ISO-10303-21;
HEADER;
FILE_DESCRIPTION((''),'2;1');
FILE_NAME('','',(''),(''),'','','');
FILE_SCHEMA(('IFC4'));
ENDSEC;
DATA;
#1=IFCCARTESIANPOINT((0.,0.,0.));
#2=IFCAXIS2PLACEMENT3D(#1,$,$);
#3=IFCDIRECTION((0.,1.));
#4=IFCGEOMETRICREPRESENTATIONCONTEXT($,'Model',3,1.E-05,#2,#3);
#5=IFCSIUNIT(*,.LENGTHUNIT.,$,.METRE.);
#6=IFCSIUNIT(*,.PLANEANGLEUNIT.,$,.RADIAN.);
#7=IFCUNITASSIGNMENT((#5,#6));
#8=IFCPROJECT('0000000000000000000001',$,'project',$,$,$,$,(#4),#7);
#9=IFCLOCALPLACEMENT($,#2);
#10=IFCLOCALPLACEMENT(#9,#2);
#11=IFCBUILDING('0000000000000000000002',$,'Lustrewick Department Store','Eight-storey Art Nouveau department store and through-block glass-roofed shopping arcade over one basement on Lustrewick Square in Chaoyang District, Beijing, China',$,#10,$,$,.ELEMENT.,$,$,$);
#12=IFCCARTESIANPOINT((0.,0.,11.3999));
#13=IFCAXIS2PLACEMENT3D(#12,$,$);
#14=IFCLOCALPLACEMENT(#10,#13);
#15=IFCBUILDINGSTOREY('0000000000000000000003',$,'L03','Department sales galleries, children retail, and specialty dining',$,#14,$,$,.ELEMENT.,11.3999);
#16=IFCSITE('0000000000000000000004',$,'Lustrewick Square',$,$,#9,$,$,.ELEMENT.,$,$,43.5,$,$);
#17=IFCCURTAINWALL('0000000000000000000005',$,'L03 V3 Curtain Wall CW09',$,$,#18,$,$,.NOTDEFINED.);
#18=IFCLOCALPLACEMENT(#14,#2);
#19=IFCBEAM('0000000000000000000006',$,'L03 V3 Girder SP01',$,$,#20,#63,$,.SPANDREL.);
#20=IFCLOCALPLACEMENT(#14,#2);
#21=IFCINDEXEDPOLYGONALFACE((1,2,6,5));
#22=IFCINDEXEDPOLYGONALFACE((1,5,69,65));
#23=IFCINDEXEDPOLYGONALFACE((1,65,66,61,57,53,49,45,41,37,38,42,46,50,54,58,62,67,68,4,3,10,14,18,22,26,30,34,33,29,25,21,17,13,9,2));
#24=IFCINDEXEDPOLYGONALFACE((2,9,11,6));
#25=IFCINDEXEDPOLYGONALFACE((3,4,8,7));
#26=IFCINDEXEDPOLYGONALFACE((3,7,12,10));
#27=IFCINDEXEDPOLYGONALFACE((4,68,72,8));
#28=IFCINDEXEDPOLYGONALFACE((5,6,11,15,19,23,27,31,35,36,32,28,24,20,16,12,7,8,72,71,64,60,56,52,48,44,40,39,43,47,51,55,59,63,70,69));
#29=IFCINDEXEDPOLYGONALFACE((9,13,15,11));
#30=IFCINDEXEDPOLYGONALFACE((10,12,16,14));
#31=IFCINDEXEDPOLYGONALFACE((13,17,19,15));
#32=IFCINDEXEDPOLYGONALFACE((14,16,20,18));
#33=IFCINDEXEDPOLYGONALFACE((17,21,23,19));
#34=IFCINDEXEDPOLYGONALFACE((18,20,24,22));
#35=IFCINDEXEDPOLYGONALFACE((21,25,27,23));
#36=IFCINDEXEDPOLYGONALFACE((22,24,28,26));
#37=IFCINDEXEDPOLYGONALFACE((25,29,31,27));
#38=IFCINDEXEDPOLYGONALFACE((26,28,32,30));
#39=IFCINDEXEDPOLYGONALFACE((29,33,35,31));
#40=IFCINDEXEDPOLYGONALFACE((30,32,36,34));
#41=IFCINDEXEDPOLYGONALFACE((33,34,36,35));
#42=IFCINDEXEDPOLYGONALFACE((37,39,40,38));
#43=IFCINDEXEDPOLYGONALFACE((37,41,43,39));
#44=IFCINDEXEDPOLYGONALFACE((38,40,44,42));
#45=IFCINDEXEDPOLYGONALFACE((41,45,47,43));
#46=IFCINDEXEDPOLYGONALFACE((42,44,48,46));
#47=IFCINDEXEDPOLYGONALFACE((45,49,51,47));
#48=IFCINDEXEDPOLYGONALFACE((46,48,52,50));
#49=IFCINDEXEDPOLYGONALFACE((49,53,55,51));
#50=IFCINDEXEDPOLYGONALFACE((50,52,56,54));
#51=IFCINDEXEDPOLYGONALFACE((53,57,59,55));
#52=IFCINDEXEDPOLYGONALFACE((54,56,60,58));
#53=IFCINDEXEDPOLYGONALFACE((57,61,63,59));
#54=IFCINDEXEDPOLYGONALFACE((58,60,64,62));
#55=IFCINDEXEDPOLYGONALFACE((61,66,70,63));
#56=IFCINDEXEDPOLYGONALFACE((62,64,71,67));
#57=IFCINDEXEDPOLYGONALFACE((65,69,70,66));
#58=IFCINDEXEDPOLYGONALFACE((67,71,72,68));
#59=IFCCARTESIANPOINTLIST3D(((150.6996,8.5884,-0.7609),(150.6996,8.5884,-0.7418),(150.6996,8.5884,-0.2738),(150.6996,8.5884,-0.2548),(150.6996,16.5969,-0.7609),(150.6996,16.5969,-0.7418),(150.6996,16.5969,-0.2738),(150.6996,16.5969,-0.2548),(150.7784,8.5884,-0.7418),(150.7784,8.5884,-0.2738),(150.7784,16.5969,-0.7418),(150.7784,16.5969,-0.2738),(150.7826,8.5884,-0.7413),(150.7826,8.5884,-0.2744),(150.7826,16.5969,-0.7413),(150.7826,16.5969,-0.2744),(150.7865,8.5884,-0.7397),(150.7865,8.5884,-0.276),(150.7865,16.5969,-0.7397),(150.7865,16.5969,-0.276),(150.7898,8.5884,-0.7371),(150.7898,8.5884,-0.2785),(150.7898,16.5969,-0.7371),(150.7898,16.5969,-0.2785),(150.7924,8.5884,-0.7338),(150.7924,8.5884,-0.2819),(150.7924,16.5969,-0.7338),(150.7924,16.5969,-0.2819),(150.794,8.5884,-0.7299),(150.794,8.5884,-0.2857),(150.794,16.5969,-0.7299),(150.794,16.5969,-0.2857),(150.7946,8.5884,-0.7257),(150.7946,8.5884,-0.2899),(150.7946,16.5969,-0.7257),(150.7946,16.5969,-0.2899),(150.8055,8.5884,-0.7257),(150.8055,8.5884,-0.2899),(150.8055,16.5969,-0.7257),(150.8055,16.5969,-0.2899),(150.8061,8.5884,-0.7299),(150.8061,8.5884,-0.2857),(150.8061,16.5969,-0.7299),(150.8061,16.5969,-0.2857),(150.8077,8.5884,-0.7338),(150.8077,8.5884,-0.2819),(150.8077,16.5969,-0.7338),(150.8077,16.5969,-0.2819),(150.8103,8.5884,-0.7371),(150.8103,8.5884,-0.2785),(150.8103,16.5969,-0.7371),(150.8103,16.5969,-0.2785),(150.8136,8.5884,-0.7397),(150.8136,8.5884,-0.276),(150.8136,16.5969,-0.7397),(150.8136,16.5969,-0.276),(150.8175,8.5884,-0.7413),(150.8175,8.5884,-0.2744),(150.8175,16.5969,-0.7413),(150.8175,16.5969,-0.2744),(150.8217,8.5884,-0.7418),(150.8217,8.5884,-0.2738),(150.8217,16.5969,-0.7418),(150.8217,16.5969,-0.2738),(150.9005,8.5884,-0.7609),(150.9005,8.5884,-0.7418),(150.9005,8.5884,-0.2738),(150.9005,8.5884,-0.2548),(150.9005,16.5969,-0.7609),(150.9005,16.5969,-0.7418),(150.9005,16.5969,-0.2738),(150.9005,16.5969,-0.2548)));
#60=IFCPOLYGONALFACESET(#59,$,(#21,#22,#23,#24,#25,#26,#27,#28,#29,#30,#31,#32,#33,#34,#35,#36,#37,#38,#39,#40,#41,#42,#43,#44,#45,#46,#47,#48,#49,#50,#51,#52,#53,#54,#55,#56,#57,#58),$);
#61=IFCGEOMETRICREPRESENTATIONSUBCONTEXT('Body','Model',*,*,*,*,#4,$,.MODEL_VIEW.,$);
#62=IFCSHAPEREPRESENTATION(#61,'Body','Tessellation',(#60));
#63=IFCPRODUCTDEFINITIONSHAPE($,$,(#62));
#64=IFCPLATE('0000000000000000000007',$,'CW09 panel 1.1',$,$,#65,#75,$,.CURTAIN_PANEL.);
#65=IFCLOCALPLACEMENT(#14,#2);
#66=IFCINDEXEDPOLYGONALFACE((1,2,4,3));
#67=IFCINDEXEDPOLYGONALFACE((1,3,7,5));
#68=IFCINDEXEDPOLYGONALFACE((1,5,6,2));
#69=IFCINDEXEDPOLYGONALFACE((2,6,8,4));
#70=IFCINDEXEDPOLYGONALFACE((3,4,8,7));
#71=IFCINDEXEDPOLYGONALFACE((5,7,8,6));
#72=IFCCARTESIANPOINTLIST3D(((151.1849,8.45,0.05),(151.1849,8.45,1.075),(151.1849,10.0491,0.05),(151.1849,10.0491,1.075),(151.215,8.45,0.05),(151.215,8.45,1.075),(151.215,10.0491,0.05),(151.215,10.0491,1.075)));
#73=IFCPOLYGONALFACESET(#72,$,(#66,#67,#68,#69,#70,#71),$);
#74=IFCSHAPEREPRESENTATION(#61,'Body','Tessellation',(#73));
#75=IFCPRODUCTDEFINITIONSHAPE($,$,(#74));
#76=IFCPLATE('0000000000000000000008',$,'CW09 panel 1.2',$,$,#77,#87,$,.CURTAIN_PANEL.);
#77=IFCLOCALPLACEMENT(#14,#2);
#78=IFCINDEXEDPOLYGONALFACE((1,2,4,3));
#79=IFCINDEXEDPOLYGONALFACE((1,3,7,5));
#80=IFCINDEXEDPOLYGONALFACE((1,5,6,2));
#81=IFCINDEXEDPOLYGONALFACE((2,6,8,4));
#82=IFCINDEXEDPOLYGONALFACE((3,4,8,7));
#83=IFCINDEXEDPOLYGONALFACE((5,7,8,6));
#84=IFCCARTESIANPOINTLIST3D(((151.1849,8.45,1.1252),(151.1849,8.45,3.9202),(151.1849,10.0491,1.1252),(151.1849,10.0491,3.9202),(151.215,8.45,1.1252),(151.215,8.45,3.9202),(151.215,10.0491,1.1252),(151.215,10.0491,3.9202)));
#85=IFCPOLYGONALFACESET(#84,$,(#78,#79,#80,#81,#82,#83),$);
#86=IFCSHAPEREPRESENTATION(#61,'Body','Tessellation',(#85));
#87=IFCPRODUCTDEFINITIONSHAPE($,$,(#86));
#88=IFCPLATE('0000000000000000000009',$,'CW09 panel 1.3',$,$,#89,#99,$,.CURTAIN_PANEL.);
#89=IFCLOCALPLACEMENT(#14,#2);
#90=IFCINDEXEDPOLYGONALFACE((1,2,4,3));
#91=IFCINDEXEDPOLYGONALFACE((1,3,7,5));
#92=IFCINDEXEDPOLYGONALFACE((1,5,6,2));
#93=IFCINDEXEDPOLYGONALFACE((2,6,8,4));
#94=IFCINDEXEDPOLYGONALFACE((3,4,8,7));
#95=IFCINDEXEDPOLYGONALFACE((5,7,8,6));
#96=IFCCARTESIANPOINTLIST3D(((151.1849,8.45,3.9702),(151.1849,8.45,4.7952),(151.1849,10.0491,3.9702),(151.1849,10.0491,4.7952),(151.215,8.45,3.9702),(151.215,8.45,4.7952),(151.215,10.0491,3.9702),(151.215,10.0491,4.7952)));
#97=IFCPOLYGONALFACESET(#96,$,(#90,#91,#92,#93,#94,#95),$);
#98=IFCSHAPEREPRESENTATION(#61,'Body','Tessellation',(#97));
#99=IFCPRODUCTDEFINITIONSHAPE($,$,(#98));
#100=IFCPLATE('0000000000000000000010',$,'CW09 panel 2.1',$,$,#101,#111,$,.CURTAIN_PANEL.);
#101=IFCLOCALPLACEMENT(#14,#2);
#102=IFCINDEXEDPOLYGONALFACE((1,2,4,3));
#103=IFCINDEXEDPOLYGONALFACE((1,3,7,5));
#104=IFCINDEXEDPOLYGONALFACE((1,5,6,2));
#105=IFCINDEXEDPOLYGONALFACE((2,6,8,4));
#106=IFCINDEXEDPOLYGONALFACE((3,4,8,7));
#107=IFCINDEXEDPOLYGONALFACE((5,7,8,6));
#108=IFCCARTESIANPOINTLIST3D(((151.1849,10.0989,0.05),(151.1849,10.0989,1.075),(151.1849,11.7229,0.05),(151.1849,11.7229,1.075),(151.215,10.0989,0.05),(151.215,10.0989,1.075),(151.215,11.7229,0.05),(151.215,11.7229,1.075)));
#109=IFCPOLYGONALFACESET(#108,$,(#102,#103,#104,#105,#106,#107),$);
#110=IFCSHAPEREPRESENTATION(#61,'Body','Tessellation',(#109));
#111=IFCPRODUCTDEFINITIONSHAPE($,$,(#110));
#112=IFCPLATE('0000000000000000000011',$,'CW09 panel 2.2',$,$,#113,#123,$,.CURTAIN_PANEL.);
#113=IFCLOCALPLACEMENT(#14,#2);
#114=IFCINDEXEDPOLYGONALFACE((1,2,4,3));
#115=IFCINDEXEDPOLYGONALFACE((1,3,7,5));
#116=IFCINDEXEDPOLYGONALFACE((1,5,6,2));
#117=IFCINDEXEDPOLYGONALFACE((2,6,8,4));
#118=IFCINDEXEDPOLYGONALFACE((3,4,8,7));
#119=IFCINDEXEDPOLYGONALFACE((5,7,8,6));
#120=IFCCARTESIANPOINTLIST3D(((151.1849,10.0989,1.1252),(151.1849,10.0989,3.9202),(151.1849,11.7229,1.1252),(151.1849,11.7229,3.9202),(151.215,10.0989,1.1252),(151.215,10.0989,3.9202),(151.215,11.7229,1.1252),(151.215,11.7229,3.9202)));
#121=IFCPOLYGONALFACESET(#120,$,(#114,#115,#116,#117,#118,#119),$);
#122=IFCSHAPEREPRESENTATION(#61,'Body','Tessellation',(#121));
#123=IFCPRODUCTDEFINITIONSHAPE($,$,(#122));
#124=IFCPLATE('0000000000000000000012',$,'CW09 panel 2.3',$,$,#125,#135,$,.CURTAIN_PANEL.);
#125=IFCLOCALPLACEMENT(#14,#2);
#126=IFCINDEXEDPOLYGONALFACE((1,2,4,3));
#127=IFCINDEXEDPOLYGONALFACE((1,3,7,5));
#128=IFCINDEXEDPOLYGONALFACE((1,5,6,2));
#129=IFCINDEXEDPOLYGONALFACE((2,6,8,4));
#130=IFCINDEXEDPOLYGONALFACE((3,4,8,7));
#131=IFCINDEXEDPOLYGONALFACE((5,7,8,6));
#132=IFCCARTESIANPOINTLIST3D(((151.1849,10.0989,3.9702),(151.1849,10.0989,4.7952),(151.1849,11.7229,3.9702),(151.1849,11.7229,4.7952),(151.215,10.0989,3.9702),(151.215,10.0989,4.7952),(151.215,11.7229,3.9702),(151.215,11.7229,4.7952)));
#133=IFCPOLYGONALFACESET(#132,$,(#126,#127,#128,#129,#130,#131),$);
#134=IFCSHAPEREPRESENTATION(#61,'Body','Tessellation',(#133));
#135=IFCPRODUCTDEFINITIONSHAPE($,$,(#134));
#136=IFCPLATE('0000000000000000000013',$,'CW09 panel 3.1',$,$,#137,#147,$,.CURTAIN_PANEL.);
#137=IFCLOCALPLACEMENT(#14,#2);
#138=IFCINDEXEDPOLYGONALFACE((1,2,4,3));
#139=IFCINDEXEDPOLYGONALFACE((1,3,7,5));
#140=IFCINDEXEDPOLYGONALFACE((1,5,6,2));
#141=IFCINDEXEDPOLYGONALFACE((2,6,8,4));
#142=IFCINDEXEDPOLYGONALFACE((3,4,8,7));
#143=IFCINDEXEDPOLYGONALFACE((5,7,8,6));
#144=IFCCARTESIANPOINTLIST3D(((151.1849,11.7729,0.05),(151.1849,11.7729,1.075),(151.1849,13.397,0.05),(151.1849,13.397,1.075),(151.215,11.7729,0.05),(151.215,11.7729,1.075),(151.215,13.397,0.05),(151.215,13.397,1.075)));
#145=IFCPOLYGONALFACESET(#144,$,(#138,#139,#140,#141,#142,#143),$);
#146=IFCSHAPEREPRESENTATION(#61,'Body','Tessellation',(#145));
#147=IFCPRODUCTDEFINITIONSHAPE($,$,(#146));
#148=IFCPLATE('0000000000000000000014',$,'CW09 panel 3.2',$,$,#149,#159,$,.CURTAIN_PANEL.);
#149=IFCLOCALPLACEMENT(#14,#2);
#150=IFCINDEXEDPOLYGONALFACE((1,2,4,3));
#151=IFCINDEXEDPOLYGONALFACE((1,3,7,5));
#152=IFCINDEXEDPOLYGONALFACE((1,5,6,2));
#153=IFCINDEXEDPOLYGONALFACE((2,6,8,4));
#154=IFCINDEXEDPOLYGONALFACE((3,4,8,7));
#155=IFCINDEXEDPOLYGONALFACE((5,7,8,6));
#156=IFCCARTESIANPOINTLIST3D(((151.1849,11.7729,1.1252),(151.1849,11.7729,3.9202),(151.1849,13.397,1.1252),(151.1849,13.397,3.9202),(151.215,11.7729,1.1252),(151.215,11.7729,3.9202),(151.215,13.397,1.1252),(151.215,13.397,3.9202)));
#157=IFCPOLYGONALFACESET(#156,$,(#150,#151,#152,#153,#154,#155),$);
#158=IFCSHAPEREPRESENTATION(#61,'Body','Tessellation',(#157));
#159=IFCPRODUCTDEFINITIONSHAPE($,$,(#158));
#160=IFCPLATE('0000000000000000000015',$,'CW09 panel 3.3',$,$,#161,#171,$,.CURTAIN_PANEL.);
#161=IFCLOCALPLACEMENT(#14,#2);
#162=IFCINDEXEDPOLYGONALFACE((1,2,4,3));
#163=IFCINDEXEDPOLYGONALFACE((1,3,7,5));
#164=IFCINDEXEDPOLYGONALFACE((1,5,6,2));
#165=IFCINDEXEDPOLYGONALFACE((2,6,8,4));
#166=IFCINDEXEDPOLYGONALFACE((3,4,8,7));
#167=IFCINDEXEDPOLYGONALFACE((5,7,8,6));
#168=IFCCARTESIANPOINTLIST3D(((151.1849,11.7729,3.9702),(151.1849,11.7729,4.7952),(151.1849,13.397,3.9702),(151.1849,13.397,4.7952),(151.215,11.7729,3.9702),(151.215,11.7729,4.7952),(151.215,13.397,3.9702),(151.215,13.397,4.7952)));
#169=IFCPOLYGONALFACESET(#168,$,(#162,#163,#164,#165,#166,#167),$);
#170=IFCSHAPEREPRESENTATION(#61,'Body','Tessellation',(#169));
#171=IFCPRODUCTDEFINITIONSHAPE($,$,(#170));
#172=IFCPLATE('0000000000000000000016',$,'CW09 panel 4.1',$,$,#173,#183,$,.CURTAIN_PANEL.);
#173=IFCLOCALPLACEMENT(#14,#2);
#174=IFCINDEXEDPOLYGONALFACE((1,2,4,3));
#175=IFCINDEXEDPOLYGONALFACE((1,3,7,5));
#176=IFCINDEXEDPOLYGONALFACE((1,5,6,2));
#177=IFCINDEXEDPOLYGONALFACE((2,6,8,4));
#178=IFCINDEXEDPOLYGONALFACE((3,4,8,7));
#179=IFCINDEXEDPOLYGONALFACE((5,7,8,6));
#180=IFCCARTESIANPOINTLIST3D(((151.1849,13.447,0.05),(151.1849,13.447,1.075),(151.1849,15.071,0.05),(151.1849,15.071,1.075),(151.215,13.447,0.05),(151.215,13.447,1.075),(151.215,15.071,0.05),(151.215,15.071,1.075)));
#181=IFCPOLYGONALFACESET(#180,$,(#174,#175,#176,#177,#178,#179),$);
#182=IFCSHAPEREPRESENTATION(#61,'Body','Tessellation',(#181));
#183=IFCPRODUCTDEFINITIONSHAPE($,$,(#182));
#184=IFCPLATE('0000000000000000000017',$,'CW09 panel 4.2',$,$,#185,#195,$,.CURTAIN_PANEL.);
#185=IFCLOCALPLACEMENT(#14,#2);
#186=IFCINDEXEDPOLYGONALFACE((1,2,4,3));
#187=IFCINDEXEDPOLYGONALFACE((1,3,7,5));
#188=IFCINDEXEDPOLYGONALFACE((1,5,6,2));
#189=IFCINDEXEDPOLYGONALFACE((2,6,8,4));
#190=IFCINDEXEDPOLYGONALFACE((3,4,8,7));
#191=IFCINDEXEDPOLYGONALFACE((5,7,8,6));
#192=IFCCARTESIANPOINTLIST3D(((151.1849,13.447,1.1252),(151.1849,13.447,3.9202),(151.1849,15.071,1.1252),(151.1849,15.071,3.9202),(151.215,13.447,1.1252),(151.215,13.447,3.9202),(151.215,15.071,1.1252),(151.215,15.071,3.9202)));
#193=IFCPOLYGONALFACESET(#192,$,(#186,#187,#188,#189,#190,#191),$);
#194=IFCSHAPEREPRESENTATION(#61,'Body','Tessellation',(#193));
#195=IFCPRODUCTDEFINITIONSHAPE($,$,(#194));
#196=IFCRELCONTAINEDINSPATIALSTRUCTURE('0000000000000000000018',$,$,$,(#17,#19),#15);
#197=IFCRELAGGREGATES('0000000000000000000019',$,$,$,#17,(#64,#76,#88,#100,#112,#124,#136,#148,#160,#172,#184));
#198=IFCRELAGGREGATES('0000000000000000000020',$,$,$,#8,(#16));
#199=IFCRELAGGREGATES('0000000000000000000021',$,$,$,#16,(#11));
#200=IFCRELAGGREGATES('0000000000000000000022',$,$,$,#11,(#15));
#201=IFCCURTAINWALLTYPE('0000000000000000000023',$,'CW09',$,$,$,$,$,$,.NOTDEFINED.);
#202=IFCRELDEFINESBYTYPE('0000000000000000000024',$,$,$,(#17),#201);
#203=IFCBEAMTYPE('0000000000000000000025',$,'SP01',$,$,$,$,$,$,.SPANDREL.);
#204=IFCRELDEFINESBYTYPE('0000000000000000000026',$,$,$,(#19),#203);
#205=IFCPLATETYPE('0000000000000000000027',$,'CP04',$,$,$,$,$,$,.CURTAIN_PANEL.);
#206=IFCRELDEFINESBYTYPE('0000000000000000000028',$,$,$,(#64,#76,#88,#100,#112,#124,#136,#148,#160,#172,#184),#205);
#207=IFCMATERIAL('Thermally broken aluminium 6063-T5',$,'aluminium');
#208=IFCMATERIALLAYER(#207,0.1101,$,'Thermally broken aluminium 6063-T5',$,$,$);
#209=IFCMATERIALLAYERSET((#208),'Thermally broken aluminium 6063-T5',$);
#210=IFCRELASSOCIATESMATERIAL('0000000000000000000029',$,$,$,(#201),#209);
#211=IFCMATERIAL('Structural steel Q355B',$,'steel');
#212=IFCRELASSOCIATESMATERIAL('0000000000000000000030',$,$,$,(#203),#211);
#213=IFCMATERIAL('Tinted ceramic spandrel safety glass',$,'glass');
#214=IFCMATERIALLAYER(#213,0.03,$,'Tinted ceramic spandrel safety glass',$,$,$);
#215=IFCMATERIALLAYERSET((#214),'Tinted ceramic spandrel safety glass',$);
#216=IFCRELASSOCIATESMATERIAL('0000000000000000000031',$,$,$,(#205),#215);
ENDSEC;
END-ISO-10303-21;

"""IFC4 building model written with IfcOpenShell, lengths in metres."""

from ifc_helpers import new_model, si_unit, direction, frame, origin, origin_2d, place, context, subcontext, project, spatial, rectangle, i_section, extrude, material, layer, layer_set, material_profile, profile_set, type_object, element, aggregate, save


model = new_model("IFC4")

# Units and contexts
model_context = context("Model", 3, precision=1e-05, world=origin(), true_north=direction((0.0, 1.0)))
body_context = subcontext(model_context, "Body", "Model", "MODEL_VIEW")
ifc_project = project(units=[si_unit("LENGTHUNIT", "METRE"), si_unit("PLANEANGLEUNIT", "RADIAN")], contexts=[model_context])

# Site, building, storey
site_placement = place(None, origin())
site = spatial("IfcSite", under=ifc_project, at=site_placement, Name="Lustrewick Square", CompositionType="ELEMENT", RefElevation=43.5)
building_placement = place(site_placement, origin())
building = spatial("IfcBuilding", under=site, at=building_placement, Name="Lustrewick Department Store", Description="Eight-storey Art Nouveau department store and through-block glass-roofed shopping arcade over one basement on Lustrewick Square in Chaoyang District, Beijing, China", CompositionType="ELEMENT")
storey_placement = place(building_placement, frame((0.0, 0.0, 11.3999)))
storey = spatial("IfcBuildingStorey", under=building, at=storey_placement, Name="L03", Description="Department sales galleries, children retail, and specialty dining", CompositionType="ELEMENT", Elevation=11.3999)

# Curtain wall
ifc_material_1 = material(Name="Thermally broken aluminium 6063-T5", Category="aluminium")
ifc_layer_1 = layer(ifc_material_1, 0.1101, Name="Thermally broken aluminium 6063-T5")
ifc_layer_set_1 = layer_set([ifc_layer_1], Name="Thermally broken aluminium 6063-T5")
curtain_wall_type = type_object("IfcCurtainWallType", Name="CW09", PredefinedType="NOTDEFINED", material=ifc_layer_set_1)
curtain_wall_placement = place(storey_placement, origin())
curtain_wall = element("IfcCurtainWall", 1, at=curtain_wall_placement, inside=storey, type_object=curtain_wall_type, Name="L03 V3 Curtain Wall CW09", PredefinedType="NOTDEFINED")

# Beam
ifc_material_2 = material(Name="Structural steel Q355B", Category="steel")
ifc_material_profile_1 = material_profile(ifc_material_2, i_section(OverallWidth=0.2009, OverallDepth=0.5061, WebThickness=0.011, FlangeThickness=0.019, FilletRadius=0.0161, at=origin_2d()), Name="HN 506x201x11x19")
ifc_profile_set_1 = profile_set([ifc_material_profile_1], Name="Structural steel Q355B")
beam_type = type_object("IfcBeamType", Name="SP01", PredefinedType="SPANDREL", material=ifc_profile_set_1)
beam_placement = place(storey_placement, frame((150.8, 8.5884, -0.5078), z_axis=(0.0, 1.0, 0.0), x_axis=(-1.0, 0.0, 0.0)))
element("IfcBeam", 2, at=beam_placement, inside=storey, type_object=beam_type, Name="L03 V3 Girder SP01", PredefinedType="SPANDREL", context=body_context, shape_type="SweptSolid", body=[
    extrude(i_section(OverallWidth=0.2009, OverallDepth=0.5061, WebThickness=0.011, FlangeThickness=0.019, FilletRadius=0.0161, at=origin_2d()), origin(), (0.0, 0.0, 1.0), 8.0085),
])

# Plates
ifc_material_3 = material(Name="Tinted ceramic spandrel safety glass", Category="glass")
ifc_layer_2 = layer(ifc_material_3, 0.03, Name="Tinted ceramic spandrel safety glass")
ifc_layer_set_2 = layer_set([ifc_layer_2], Name="Tinted ceramic spandrel safety glass")
plate_type = type_object("IfcPlateType", Name="CP04", PredefinedType="CURTAIN_PANEL", material=ifc_layer_set_2)
plate_1_placement = place(storey_placement, frame((151.2, 9.2495, 0.05), z_axis=(0.0, 0.0, 1.0), x_axis=(0.0, 1.0, 0.0)))
plate_1 = element("IfcPlate", 3, at=plate_1_placement, type_object=plate_type, Name="CW09 panel 1.1", PredefinedType="CURTAIN_PANEL", context=body_context, shape_type="SweptSolid", body=[
    extrude(rectangle(XDim=1.5991, YDim=0.03, at=origin_2d()), origin(), (0.0, 0.0, 1.0), 1.0249),
])
plate_2_placement = place(storey_placement, frame((151.2, 9.2495, 1.1252), z_axis=(0.0, 0.0, 1.0), x_axis=(0.0, 1.0, 0.0)))
plate_2 = element("IfcPlate", 4, at=plate_2_placement, type_object=plate_type, Name="CW09 panel 1.2", PredefinedType="CURTAIN_PANEL", context=body_context, shape_type="SweptSolid", body=[
    extrude(rectangle(XDim=1.5991, YDim=0.03, at=origin_2d()), origin(), (0.0, 0.0, 1.0), 2.7949),
])
plate_3_placement = place(storey_placement, frame((151.2, 9.2495, 3.9702), z_axis=(0.0, 0.0, 1.0), x_axis=(0.0, 1.0, 0.0)))
plate_3 = element("IfcPlate", 5, at=plate_3_placement, type_object=plate_type, Name="CW09 panel 1.3", PredefinedType="CURTAIN_PANEL", context=body_context, shape_type="SweptSolid", body=[
    extrude(rectangle(XDim=1.5991, YDim=0.03, at=origin_2d()), origin(), (0.0, 0.0, 1.0), 0.825),
])
plate_4_placement = place(storey_placement, frame((151.2, 10.9109, 0.05), z_axis=(0.0, 0.0, 1.0), x_axis=(0.0, 1.0, 0.0)))
plate_4 = element("IfcPlate", 6, at=plate_4_placement, type_object=plate_type, Name="CW09 panel 2.1", PredefinedType="CURTAIN_PANEL", context=body_context, shape_type="SweptSolid", body=[
    extrude(rectangle(XDim=1.624, YDim=0.03, at=origin_2d()), origin(), (0.0, 0.0, 1.0), 1.0249),
])
plate_5_placement = place(storey_placement, frame((151.2, 10.9109, 1.1252), z_axis=(0.0, 0.0, 1.0), x_axis=(0.0, 1.0, 0.0)))
plate_5 = element("IfcPlate", 7, at=plate_5_placement, type_object=plate_type, Name="CW09 panel 2.2", PredefinedType="CURTAIN_PANEL", context=body_context, shape_type="SweptSolid", body=[
    extrude(rectangle(XDim=1.624, YDim=0.03, at=origin_2d()), origin(), (0.0, 0.0, 1.0), 2.7949),
])
plate_6_placement = place(storey_placement, frame((151.2, 10.9109, 3.9702), z_axis=(0.0, 0.0, 1.0), x_axis=(0.0, 1.0, 0.0)))
plate_6 = element("IfcPlate", 8, at=plate_6_placement, type_object=plate_type, Name="CW09 panel 2.3", PredefinedType="CURTAIN_PANEL", context=body_context, shape_type="SweptSolid", body=[
    extrude(rectangle(XDim=1.624, YDim=0.03, at=origin_2d()), origin(), (0.0, 0.0, 1.0), 0.825),
])
plate_7_placement = place(storey_placement, frame((151.2, 12.585, 0.05), z_axis=(0.0, 0.0, 1.0), x_axis=(0.0, 1.0, 0.0)))
plate_7 = element("IfcPlate", 9, at=plate_7_placement, type_object=plate_type, Name="CW09 panel 3.1", PredefinedType="CURTAIN_PANEL", context=body_context, shape_type="SweptSolid", body=[
    extrude(rectangle(XDim=1.624, YDim=0.03, at=origin_2d()), origin(), (0.0, 0.0, 1.0), 1.0249),
])
plate_8_placement = place(storey_placement, frame((151.2, 12.585, 1.1252), z_axis=(0.0, 0.0, 1.0), x_axis=(0.0, 1.0, 0.0)))
plate_8 = element("IfcPlate", 10, at=plate_8_placement, type_object=plate_type, Name="CW09 panel 3.2", PredefinedType="CURTAIN_PANEL", context=body_context, shape_type="SweptSolid", body=[
    extrude(rectangle(XDim=1.624, YDim=0.03, at=origin_2d()), origin(), (0.0, 0.0, 1.0), 2.7949),
])
plate_9_placement = place(storey_placement, frame((151.2, 12.585, 3.9702), z_axis=(0.0, 0.0, 1.0), x_axis=(0.0, 1.0, 0.0)))
plate_9 = element("IfcPlate", 11, at=plate_9_placement, type_object=plate_type, Name="CW09 panel 3.3", PredefinedType="CURTAIN_PANEL", context=body_context, shape_type="SweptSolid", body=[
    extrude(rectangle(XDim=1.624, YDim=0.03, at=origin_2d()), origin(), (0.0, 0.0, 1.0), 0.825),
])
plate_10_placement = place(storey_placement, frame((151.2, 14.259, 0.05), z_axis=(0.0, 0.0, 1.0), x_axis=(0.0, 1.0, 0.0)))
plate_10 = element("IfcPlate", 12, at=plate_10_placement, type_object=plate_type, Name="CW09 panel 4.1", PredefinedType="CURTAIN_PANEL", context=body_context, shape_type="SweptSolid", body=[
    extrude(rectangle(XDim=1.624, YDim=0.03, at=origin_2d()), origin(), (0.0, 0.0, 1.0), 1.0249),
])
plate_11_placement = place(storey_placement, frame((151.2, 14.259, 1.1252), z_axis=(0.0, 0.0, 1.0), x_axis=(0.0, 1.0, 0.0)))
plate_11 = element("IfcPlate", 13, at=plate_11_placement, type_object=plate_type, Name="CW09 panel 4.2", PredefinedType="CURTAIN_PANEL", context=body_context, shape_type="SweptSolid", body=[
    extrude(rectangle(XDim=1.624, YDim=0.03, at=origin_2d()), origin(), (0.0, 0.0, 1.0), 2.7949),
])
aggregate(curtain_wall, [plate_1, plate_2, plate_3, plate_4, plate_5, plate_6, plate_7, plate_8, plate_9, plate_10, plate_11])

save(model, "model.ifc")
